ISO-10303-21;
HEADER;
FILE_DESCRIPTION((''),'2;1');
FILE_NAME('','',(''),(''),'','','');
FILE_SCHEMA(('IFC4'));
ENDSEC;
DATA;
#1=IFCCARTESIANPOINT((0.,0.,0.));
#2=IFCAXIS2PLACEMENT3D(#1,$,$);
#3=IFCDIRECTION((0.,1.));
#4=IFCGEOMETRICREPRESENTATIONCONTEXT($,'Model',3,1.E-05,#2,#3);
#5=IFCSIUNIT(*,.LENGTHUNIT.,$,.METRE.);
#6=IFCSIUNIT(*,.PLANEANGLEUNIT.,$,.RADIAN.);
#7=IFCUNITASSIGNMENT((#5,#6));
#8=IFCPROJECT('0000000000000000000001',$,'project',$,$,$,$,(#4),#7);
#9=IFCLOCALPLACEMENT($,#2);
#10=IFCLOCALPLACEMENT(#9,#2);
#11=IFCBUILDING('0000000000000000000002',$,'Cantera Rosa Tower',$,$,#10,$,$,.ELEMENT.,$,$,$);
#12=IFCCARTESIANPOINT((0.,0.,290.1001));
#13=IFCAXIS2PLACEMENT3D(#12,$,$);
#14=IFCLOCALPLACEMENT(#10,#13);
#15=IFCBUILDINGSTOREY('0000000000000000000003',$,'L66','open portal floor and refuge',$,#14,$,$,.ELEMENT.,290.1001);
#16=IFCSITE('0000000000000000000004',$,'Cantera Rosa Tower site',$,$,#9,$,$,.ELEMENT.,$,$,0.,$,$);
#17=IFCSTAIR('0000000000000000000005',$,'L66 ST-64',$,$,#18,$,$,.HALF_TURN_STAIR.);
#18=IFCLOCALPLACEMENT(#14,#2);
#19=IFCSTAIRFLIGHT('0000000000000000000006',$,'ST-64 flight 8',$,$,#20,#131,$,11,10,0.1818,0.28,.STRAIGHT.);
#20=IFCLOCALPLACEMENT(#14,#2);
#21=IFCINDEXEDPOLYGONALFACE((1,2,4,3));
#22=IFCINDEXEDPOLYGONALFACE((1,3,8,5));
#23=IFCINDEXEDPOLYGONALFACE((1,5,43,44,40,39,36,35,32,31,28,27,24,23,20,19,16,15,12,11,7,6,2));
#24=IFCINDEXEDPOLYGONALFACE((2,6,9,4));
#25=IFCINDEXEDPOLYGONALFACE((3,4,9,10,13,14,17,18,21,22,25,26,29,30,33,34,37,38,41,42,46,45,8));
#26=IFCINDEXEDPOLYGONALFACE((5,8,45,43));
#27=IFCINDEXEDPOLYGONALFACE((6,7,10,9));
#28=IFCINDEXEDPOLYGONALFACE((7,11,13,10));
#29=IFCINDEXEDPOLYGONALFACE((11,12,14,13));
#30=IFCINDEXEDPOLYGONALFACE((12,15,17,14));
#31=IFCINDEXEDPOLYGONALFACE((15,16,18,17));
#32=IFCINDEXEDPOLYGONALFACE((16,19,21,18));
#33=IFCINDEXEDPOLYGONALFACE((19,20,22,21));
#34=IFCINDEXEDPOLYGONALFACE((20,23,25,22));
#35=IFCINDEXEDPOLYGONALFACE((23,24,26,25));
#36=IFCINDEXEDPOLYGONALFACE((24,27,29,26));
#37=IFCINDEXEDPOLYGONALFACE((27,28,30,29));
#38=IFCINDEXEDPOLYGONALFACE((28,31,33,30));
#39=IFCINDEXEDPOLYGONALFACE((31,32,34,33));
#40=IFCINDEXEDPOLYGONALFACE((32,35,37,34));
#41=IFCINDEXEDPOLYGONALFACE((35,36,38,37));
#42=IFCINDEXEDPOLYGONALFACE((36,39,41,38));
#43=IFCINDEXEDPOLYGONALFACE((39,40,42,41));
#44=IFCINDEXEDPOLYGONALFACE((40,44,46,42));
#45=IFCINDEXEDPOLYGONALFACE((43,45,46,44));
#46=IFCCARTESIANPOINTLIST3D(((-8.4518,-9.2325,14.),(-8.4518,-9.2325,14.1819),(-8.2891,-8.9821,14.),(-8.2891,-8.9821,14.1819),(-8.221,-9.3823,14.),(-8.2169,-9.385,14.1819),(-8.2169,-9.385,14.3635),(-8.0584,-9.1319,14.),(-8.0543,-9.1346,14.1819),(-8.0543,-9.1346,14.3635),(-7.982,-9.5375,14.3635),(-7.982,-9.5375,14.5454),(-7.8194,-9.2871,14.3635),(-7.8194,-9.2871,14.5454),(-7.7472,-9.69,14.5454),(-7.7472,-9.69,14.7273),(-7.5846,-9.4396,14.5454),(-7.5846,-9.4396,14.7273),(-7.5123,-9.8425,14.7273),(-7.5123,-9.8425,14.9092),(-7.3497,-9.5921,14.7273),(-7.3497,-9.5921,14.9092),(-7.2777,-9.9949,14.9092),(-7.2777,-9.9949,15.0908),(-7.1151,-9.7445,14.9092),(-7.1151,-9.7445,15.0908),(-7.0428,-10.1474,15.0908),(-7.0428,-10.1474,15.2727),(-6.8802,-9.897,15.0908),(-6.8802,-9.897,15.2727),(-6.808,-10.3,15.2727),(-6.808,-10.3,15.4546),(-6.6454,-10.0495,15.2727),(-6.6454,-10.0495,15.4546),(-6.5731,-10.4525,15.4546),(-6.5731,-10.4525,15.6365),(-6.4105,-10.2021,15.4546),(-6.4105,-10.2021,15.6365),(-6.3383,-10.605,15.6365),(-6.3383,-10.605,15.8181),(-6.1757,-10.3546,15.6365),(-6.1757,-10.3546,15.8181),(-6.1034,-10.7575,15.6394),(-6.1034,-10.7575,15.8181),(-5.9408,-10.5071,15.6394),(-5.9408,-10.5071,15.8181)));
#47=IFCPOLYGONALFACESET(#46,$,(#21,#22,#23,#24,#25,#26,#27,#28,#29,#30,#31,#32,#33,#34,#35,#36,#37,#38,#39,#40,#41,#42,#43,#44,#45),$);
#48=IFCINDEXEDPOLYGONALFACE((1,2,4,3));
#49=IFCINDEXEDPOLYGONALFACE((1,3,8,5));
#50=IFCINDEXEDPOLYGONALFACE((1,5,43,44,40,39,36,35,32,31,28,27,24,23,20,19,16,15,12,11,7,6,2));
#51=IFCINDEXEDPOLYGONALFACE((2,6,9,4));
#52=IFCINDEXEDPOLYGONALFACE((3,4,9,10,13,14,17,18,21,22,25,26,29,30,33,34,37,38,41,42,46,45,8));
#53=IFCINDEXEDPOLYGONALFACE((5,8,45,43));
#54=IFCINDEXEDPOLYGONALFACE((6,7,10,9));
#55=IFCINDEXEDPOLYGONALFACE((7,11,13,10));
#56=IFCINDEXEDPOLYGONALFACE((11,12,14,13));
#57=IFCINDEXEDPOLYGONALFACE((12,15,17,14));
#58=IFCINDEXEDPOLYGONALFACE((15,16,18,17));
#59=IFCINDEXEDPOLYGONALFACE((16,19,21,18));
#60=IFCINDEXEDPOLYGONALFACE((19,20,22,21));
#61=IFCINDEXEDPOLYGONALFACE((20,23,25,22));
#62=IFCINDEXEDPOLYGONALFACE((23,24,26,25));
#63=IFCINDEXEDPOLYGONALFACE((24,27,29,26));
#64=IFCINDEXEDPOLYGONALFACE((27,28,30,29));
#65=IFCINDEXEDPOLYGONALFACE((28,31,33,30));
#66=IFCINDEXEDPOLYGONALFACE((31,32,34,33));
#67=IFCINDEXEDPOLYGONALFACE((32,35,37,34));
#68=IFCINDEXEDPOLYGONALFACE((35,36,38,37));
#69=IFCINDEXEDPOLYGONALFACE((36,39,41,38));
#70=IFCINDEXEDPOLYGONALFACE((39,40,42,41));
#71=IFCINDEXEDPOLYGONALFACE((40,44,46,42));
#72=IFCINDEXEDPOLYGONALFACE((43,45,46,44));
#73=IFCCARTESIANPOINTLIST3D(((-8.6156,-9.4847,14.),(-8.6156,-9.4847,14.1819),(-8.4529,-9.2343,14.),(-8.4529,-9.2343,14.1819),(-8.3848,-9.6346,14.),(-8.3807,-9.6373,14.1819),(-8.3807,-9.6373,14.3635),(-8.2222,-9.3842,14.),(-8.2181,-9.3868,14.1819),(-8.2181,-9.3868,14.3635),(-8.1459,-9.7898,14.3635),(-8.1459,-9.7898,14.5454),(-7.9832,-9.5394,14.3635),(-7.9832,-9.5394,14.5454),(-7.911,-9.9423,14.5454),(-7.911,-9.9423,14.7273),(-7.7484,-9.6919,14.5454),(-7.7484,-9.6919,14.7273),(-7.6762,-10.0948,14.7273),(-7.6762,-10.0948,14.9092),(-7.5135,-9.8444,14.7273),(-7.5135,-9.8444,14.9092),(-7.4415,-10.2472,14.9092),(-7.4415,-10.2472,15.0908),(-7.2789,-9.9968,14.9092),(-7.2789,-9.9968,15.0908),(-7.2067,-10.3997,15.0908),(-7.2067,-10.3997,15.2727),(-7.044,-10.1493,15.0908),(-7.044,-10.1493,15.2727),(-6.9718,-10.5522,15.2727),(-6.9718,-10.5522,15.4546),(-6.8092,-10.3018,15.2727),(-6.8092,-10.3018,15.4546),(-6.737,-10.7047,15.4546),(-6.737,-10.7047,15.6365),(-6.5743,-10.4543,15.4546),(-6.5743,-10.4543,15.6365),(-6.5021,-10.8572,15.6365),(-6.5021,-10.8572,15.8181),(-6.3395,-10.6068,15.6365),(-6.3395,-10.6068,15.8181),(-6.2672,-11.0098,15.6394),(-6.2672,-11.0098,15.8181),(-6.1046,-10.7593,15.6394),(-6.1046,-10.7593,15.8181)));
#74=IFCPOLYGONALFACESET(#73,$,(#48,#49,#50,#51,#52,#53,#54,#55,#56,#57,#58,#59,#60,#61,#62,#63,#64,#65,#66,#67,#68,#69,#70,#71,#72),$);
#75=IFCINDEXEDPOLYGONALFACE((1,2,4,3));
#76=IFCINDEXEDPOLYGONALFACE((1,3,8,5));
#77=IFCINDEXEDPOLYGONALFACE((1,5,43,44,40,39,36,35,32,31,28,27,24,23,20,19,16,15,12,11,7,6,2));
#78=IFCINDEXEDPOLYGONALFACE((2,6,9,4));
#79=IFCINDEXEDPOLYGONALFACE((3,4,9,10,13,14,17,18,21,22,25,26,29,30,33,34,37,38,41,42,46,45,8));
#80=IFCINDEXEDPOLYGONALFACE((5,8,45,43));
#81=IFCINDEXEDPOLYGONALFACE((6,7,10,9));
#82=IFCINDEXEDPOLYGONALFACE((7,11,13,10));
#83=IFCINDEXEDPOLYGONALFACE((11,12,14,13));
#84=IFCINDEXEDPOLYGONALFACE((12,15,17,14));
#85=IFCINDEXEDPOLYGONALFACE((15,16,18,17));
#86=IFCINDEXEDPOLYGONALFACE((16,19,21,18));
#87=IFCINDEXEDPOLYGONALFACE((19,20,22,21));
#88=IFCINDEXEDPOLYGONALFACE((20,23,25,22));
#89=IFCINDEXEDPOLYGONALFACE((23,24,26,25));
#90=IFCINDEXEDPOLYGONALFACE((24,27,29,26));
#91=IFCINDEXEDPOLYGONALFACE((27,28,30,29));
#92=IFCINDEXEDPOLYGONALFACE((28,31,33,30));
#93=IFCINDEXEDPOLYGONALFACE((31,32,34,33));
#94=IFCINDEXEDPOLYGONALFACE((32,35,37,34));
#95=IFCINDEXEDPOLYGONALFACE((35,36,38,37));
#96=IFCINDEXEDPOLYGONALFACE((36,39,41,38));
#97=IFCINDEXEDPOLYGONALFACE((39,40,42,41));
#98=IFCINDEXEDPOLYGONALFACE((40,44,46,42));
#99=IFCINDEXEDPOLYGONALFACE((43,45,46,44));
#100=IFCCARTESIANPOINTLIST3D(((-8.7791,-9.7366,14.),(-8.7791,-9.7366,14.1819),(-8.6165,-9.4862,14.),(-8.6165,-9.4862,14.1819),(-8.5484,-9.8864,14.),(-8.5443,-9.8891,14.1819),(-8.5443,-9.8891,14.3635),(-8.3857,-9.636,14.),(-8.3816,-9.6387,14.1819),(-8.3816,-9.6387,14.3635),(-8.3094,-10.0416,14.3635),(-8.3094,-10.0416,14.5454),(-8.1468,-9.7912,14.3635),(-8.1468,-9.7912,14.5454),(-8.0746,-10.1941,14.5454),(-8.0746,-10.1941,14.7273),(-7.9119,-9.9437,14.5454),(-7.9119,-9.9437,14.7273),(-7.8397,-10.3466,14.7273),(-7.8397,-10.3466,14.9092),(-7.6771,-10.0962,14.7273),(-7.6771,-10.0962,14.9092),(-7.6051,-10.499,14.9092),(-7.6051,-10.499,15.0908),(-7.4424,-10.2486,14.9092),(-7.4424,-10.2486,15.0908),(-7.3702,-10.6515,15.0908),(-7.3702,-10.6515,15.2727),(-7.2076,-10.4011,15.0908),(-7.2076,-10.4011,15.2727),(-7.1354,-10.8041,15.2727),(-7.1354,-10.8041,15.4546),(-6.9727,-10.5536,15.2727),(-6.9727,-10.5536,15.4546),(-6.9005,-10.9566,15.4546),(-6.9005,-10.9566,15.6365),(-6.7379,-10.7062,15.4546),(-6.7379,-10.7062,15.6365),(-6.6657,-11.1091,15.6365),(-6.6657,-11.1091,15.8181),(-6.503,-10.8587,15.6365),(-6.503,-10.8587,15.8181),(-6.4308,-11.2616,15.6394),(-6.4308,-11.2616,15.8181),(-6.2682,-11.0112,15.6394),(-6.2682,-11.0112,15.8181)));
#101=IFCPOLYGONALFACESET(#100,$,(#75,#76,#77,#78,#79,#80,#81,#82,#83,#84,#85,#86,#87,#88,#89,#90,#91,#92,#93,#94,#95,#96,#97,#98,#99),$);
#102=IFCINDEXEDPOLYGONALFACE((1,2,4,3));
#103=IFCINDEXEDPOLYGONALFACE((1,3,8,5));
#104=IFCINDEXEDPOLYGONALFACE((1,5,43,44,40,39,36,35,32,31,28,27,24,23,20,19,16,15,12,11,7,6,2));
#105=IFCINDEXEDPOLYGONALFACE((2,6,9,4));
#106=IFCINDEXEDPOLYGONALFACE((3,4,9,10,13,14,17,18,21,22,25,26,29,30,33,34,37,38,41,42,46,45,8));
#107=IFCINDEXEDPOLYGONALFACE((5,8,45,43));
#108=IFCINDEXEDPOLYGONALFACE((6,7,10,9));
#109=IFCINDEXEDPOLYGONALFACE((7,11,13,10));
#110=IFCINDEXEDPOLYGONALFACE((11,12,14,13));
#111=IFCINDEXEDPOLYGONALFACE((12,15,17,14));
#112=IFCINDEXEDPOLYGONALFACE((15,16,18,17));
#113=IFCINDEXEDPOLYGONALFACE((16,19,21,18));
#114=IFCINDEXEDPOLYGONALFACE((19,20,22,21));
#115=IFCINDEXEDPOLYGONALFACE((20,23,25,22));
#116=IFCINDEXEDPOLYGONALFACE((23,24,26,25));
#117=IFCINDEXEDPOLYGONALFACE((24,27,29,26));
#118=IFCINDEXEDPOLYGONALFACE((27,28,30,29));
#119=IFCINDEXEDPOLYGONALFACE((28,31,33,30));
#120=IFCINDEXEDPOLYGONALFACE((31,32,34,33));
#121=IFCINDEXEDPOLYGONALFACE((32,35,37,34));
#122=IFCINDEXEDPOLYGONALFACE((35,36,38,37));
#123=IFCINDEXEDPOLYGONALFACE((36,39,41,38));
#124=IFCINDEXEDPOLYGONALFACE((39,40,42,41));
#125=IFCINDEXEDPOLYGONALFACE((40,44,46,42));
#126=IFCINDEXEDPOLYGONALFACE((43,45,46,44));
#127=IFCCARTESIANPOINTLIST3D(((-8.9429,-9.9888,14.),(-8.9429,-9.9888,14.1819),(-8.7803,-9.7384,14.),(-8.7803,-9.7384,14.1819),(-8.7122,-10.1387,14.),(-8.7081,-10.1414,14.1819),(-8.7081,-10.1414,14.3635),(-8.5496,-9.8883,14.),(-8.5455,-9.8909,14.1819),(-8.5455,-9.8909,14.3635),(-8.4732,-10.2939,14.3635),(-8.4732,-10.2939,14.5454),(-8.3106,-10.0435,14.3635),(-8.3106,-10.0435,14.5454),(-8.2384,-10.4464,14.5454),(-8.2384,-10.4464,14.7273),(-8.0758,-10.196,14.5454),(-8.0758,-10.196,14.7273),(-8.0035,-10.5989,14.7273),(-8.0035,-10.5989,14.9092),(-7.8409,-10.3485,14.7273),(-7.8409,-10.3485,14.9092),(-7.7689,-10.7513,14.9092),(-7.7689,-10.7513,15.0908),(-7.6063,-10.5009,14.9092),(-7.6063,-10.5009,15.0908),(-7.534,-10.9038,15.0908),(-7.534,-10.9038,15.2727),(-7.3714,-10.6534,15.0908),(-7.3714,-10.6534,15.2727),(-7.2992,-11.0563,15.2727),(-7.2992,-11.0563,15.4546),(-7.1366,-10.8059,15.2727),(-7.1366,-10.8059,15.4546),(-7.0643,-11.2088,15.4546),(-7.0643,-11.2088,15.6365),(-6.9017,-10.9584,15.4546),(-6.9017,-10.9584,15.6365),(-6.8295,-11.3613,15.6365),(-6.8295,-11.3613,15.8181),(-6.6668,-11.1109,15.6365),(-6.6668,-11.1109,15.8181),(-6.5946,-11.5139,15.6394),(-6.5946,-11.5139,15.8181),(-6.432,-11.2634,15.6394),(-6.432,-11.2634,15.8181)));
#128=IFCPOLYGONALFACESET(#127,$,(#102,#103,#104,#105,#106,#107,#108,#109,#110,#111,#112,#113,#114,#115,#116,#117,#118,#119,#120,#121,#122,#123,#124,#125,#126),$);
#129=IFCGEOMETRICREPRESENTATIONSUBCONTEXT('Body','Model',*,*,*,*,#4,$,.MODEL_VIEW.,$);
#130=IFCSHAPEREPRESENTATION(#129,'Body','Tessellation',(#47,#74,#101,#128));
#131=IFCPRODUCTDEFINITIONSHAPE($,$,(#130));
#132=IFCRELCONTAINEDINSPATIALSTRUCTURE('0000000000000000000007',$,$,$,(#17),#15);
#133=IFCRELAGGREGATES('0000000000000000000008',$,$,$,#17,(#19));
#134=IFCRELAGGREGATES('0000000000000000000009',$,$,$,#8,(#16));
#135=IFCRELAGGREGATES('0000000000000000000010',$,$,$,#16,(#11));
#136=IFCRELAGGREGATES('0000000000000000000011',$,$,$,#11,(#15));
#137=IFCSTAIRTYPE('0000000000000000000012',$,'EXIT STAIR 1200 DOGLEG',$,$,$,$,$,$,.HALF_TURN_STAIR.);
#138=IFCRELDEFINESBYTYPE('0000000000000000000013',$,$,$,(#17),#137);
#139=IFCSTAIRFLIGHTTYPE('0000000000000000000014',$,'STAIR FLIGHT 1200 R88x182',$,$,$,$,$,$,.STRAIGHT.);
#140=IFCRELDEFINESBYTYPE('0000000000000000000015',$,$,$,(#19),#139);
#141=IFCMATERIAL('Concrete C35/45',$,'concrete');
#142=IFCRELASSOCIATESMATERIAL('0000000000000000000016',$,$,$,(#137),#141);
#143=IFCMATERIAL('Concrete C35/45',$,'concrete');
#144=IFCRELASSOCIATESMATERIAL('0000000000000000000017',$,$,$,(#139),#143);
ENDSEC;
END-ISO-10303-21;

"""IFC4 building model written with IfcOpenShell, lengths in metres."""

from ifc_helpers import new_model, si_unit, direction, frame, origin, place, context, subcontext, project, spatial, polyline, outline, extrude, material, type_object, element, aggregate, save


model = new_model("IFC4")

# Units and contexts
model_context = context("Model", 3, precision=1e-05, world=origin(), true_north=direction((0.0, 1.0)))
body_context = subcontext(model_context, "Body", "Model", "MODEL_VIEW")
ifc_project = project(units=[si_unit("LENGTHUNIT", "METRE"), si_unit("PLANEANGLEUNIT", "RADIAN")], contexts=[model_context])

# Site, building, storey
site_placement = place(None, origin())
site = spatial("IfcSite", under=ifc_project, at=site_placement, Name="Cantera Rosa Tower site", CompositionType="ELEMENT", RefElevation=0.0)
building_placement = place(site_placement, origin())
building = spatial("IfcBuilding", under=site, at=building_placement, Name="Cantera Rosa Tower", CompositionType="ELEMENT")
storey_placement = place(building_placement, frame((0.0, 0.0, 290.1001)))
storey = spatial("IfcBuildingStorey", under=building, at=storey_placement, Name="L66", Description="open portal floor and refuge", CompositionType="ELEMENT", Elevation=290.1001)

# Stair, stair flight
ifc_material_1 = material(Name="Concrete C35/45", Category="concrete")
stair_type = type_object("IfcStairType", Name="EXIT STAIR 1200 DOGLEG", PredefinedType="HALF_TURN_STAIR", material=ifc_material_1)
stair_placement = place(storey_placement, origin())
stair = element("IfcStair", 1, at=stair_placement, inside=storey, type_object=stair_type, Name="L66 ST-64", PredefinedType="HALF_TURN_STAIR")
ifc_material_2 = material(Name="Concrete C35/45", Category="concrete")
stair_flight_type = type_object("IfcStairFlightType", Name="STAIR FLIGHT 1200 R88x182", PredefinedType="STRAIGHT", material=ifc_material_2)
stair_flight_1_placement = place(storey_placement, frame((-8.616, -9.4854, 14.0), z_axis=(0.0, 0.0, 1.0), x_axis=(0.838671, -0.544639, 0.0)))
stair_flight_1 = element("IfcStairFlight", 2, at=stair_flight_1_placement, type_object=stair_flight_type, Name="ST-64 flight 8", NumberOfRisers=11, NumberOfTreads=10, PredefinedType="STRAIGHT", RiserHeight=0.1818, TreadLength=0.28, context=body_context, shape_type="SweptSolid", body=[
    extrude(outline(polyline([(0.0, 0.0), (0.0, 0.1819), (0.28, 0.1819), (0.28, 0.3635), (0.5601, 0.3635), (0.5601, 0.5454), (0.8401, 0.5454), (0.8401, 0.7273), (1.1201, 0.7273), (1.1201, 0.9092), (1.3999, 0.9092), (1.3999, 1.0908), (1.6799, 1.0908), (1.6799, 1.2727), (1.96, 1.2727), (1.96, 1.4546), (2.24, 1.4546), (2.24, 1.6365), (2.52, 1.6365), (2.52, 1.8181), (2.8, 1.8181), (2.8, 2.0), (2.8, 1.6394), (0.2751, 0.0), (0.0, 0.0)])), frame((0.0, 0.6001, 0.0), z_axis=(0.0, -1.0, 0.0), x_axis=(1.0, 0.0, 0.0)), (0.0, 0.0, 1.0), 0.2986),
    extrude(outline(polyline([(0.0, 0.0), (0.0, 0.1819), (0.28, 0.1819), (0.28, 0.3635), (0.5601, 0.3635), (0.5601, 0.5454), (0.8401, 0.5454), (0.8401, 0.7273), (1.1201, 0.7273), (1.1201, 0.9092), (1.3999, 0.9092), (1.3999, 1.0908), (1.6799, 1.0908), (1.6799, 1.2727), (1.96, 1.2727), (1.96, 1.4546), (2.24, 1.4546), (2.24, 1.6365), (2.52, 1.6365), (2.52, 1.8181), (2.8, 1.8181), (2.8, 2.0), (2.8, 1.6394), (0.2751, 0.0), (0.0, 0.0)])), frame((0.0, 0.2993, 0.0), z_axis=(0.0, -1.0, 0.0), x_axis=(1.0, 0.0, 0.0)), (0.0, 0.0, 1.0), 0.2986),
    extrude(outline(polyline([(0.0, 0.0), (0.0, 0.1819), (0.28, 0.1819), (0.28, 0.3635), (0.5601, 0.3635), (0.5601, 0.5454), (0.8401, 0.5454), (0.8401, 0.7273), (1.1201, 0.7273), (1.1201, 0.9092), (1.3999, 0.9092), (1.3999, 1.0908), (1.6799, 1.0908), (1.6799, 1.2727), (1.96, 1.2727), (1.96, 1.4546), (2.24, 1.4546), (2.24, 1.6365), (2.52, 1.6365), (2.52, 1.8181), (2.8, 1.8181), (2.8, 2.0), (2.8, 1.6394), (0.2751, 0.0), (0.0, 0.0)])), frame((0.0, -0.001, 0.0), z_axis=(0.0, -1.0, 0.0), x_axis=(1.0, 0.0, 0.0)), (0.0, 0.0, 1.0), 0.2986),
    extrude(outline(polyline([(0.0, 0.0), (0.0, 0.1819), (0.28, 0.1819), (0.28, 0.3635), (0.5601, 0.3635), (0.5601, 0.5454), (0.8401, 0.5454), (0.8401, 0.7273), (1.1201, 0.7273), (1.1201, 0.9092), (1.3999, 0.9092), (1.3999, 1.0908), (1.6799, 1.0908), (1.6799, 1.2727), (1.96, 1.2727), (1.96, 1.4546), (2.24, 1.4546), (2.24, 1.6365), (2.52, 1.6365), (2.52, 1.8181), (2.8, 1.8181), (2.8, 2.0), (2.8, 1.6394), (0.2751, 0.0), (0.0, 0.0)])), frame((0.0, -0.3018, 0.0), z_axis=(0.0, -1.0, 0.0), x_axis=(1.0, 0.0, 0.0)), (0.0, 0.0, 1.0), 0.2986),
])
aggregate(stair, [stair_flight_1])

save(model, "model.ifc")
